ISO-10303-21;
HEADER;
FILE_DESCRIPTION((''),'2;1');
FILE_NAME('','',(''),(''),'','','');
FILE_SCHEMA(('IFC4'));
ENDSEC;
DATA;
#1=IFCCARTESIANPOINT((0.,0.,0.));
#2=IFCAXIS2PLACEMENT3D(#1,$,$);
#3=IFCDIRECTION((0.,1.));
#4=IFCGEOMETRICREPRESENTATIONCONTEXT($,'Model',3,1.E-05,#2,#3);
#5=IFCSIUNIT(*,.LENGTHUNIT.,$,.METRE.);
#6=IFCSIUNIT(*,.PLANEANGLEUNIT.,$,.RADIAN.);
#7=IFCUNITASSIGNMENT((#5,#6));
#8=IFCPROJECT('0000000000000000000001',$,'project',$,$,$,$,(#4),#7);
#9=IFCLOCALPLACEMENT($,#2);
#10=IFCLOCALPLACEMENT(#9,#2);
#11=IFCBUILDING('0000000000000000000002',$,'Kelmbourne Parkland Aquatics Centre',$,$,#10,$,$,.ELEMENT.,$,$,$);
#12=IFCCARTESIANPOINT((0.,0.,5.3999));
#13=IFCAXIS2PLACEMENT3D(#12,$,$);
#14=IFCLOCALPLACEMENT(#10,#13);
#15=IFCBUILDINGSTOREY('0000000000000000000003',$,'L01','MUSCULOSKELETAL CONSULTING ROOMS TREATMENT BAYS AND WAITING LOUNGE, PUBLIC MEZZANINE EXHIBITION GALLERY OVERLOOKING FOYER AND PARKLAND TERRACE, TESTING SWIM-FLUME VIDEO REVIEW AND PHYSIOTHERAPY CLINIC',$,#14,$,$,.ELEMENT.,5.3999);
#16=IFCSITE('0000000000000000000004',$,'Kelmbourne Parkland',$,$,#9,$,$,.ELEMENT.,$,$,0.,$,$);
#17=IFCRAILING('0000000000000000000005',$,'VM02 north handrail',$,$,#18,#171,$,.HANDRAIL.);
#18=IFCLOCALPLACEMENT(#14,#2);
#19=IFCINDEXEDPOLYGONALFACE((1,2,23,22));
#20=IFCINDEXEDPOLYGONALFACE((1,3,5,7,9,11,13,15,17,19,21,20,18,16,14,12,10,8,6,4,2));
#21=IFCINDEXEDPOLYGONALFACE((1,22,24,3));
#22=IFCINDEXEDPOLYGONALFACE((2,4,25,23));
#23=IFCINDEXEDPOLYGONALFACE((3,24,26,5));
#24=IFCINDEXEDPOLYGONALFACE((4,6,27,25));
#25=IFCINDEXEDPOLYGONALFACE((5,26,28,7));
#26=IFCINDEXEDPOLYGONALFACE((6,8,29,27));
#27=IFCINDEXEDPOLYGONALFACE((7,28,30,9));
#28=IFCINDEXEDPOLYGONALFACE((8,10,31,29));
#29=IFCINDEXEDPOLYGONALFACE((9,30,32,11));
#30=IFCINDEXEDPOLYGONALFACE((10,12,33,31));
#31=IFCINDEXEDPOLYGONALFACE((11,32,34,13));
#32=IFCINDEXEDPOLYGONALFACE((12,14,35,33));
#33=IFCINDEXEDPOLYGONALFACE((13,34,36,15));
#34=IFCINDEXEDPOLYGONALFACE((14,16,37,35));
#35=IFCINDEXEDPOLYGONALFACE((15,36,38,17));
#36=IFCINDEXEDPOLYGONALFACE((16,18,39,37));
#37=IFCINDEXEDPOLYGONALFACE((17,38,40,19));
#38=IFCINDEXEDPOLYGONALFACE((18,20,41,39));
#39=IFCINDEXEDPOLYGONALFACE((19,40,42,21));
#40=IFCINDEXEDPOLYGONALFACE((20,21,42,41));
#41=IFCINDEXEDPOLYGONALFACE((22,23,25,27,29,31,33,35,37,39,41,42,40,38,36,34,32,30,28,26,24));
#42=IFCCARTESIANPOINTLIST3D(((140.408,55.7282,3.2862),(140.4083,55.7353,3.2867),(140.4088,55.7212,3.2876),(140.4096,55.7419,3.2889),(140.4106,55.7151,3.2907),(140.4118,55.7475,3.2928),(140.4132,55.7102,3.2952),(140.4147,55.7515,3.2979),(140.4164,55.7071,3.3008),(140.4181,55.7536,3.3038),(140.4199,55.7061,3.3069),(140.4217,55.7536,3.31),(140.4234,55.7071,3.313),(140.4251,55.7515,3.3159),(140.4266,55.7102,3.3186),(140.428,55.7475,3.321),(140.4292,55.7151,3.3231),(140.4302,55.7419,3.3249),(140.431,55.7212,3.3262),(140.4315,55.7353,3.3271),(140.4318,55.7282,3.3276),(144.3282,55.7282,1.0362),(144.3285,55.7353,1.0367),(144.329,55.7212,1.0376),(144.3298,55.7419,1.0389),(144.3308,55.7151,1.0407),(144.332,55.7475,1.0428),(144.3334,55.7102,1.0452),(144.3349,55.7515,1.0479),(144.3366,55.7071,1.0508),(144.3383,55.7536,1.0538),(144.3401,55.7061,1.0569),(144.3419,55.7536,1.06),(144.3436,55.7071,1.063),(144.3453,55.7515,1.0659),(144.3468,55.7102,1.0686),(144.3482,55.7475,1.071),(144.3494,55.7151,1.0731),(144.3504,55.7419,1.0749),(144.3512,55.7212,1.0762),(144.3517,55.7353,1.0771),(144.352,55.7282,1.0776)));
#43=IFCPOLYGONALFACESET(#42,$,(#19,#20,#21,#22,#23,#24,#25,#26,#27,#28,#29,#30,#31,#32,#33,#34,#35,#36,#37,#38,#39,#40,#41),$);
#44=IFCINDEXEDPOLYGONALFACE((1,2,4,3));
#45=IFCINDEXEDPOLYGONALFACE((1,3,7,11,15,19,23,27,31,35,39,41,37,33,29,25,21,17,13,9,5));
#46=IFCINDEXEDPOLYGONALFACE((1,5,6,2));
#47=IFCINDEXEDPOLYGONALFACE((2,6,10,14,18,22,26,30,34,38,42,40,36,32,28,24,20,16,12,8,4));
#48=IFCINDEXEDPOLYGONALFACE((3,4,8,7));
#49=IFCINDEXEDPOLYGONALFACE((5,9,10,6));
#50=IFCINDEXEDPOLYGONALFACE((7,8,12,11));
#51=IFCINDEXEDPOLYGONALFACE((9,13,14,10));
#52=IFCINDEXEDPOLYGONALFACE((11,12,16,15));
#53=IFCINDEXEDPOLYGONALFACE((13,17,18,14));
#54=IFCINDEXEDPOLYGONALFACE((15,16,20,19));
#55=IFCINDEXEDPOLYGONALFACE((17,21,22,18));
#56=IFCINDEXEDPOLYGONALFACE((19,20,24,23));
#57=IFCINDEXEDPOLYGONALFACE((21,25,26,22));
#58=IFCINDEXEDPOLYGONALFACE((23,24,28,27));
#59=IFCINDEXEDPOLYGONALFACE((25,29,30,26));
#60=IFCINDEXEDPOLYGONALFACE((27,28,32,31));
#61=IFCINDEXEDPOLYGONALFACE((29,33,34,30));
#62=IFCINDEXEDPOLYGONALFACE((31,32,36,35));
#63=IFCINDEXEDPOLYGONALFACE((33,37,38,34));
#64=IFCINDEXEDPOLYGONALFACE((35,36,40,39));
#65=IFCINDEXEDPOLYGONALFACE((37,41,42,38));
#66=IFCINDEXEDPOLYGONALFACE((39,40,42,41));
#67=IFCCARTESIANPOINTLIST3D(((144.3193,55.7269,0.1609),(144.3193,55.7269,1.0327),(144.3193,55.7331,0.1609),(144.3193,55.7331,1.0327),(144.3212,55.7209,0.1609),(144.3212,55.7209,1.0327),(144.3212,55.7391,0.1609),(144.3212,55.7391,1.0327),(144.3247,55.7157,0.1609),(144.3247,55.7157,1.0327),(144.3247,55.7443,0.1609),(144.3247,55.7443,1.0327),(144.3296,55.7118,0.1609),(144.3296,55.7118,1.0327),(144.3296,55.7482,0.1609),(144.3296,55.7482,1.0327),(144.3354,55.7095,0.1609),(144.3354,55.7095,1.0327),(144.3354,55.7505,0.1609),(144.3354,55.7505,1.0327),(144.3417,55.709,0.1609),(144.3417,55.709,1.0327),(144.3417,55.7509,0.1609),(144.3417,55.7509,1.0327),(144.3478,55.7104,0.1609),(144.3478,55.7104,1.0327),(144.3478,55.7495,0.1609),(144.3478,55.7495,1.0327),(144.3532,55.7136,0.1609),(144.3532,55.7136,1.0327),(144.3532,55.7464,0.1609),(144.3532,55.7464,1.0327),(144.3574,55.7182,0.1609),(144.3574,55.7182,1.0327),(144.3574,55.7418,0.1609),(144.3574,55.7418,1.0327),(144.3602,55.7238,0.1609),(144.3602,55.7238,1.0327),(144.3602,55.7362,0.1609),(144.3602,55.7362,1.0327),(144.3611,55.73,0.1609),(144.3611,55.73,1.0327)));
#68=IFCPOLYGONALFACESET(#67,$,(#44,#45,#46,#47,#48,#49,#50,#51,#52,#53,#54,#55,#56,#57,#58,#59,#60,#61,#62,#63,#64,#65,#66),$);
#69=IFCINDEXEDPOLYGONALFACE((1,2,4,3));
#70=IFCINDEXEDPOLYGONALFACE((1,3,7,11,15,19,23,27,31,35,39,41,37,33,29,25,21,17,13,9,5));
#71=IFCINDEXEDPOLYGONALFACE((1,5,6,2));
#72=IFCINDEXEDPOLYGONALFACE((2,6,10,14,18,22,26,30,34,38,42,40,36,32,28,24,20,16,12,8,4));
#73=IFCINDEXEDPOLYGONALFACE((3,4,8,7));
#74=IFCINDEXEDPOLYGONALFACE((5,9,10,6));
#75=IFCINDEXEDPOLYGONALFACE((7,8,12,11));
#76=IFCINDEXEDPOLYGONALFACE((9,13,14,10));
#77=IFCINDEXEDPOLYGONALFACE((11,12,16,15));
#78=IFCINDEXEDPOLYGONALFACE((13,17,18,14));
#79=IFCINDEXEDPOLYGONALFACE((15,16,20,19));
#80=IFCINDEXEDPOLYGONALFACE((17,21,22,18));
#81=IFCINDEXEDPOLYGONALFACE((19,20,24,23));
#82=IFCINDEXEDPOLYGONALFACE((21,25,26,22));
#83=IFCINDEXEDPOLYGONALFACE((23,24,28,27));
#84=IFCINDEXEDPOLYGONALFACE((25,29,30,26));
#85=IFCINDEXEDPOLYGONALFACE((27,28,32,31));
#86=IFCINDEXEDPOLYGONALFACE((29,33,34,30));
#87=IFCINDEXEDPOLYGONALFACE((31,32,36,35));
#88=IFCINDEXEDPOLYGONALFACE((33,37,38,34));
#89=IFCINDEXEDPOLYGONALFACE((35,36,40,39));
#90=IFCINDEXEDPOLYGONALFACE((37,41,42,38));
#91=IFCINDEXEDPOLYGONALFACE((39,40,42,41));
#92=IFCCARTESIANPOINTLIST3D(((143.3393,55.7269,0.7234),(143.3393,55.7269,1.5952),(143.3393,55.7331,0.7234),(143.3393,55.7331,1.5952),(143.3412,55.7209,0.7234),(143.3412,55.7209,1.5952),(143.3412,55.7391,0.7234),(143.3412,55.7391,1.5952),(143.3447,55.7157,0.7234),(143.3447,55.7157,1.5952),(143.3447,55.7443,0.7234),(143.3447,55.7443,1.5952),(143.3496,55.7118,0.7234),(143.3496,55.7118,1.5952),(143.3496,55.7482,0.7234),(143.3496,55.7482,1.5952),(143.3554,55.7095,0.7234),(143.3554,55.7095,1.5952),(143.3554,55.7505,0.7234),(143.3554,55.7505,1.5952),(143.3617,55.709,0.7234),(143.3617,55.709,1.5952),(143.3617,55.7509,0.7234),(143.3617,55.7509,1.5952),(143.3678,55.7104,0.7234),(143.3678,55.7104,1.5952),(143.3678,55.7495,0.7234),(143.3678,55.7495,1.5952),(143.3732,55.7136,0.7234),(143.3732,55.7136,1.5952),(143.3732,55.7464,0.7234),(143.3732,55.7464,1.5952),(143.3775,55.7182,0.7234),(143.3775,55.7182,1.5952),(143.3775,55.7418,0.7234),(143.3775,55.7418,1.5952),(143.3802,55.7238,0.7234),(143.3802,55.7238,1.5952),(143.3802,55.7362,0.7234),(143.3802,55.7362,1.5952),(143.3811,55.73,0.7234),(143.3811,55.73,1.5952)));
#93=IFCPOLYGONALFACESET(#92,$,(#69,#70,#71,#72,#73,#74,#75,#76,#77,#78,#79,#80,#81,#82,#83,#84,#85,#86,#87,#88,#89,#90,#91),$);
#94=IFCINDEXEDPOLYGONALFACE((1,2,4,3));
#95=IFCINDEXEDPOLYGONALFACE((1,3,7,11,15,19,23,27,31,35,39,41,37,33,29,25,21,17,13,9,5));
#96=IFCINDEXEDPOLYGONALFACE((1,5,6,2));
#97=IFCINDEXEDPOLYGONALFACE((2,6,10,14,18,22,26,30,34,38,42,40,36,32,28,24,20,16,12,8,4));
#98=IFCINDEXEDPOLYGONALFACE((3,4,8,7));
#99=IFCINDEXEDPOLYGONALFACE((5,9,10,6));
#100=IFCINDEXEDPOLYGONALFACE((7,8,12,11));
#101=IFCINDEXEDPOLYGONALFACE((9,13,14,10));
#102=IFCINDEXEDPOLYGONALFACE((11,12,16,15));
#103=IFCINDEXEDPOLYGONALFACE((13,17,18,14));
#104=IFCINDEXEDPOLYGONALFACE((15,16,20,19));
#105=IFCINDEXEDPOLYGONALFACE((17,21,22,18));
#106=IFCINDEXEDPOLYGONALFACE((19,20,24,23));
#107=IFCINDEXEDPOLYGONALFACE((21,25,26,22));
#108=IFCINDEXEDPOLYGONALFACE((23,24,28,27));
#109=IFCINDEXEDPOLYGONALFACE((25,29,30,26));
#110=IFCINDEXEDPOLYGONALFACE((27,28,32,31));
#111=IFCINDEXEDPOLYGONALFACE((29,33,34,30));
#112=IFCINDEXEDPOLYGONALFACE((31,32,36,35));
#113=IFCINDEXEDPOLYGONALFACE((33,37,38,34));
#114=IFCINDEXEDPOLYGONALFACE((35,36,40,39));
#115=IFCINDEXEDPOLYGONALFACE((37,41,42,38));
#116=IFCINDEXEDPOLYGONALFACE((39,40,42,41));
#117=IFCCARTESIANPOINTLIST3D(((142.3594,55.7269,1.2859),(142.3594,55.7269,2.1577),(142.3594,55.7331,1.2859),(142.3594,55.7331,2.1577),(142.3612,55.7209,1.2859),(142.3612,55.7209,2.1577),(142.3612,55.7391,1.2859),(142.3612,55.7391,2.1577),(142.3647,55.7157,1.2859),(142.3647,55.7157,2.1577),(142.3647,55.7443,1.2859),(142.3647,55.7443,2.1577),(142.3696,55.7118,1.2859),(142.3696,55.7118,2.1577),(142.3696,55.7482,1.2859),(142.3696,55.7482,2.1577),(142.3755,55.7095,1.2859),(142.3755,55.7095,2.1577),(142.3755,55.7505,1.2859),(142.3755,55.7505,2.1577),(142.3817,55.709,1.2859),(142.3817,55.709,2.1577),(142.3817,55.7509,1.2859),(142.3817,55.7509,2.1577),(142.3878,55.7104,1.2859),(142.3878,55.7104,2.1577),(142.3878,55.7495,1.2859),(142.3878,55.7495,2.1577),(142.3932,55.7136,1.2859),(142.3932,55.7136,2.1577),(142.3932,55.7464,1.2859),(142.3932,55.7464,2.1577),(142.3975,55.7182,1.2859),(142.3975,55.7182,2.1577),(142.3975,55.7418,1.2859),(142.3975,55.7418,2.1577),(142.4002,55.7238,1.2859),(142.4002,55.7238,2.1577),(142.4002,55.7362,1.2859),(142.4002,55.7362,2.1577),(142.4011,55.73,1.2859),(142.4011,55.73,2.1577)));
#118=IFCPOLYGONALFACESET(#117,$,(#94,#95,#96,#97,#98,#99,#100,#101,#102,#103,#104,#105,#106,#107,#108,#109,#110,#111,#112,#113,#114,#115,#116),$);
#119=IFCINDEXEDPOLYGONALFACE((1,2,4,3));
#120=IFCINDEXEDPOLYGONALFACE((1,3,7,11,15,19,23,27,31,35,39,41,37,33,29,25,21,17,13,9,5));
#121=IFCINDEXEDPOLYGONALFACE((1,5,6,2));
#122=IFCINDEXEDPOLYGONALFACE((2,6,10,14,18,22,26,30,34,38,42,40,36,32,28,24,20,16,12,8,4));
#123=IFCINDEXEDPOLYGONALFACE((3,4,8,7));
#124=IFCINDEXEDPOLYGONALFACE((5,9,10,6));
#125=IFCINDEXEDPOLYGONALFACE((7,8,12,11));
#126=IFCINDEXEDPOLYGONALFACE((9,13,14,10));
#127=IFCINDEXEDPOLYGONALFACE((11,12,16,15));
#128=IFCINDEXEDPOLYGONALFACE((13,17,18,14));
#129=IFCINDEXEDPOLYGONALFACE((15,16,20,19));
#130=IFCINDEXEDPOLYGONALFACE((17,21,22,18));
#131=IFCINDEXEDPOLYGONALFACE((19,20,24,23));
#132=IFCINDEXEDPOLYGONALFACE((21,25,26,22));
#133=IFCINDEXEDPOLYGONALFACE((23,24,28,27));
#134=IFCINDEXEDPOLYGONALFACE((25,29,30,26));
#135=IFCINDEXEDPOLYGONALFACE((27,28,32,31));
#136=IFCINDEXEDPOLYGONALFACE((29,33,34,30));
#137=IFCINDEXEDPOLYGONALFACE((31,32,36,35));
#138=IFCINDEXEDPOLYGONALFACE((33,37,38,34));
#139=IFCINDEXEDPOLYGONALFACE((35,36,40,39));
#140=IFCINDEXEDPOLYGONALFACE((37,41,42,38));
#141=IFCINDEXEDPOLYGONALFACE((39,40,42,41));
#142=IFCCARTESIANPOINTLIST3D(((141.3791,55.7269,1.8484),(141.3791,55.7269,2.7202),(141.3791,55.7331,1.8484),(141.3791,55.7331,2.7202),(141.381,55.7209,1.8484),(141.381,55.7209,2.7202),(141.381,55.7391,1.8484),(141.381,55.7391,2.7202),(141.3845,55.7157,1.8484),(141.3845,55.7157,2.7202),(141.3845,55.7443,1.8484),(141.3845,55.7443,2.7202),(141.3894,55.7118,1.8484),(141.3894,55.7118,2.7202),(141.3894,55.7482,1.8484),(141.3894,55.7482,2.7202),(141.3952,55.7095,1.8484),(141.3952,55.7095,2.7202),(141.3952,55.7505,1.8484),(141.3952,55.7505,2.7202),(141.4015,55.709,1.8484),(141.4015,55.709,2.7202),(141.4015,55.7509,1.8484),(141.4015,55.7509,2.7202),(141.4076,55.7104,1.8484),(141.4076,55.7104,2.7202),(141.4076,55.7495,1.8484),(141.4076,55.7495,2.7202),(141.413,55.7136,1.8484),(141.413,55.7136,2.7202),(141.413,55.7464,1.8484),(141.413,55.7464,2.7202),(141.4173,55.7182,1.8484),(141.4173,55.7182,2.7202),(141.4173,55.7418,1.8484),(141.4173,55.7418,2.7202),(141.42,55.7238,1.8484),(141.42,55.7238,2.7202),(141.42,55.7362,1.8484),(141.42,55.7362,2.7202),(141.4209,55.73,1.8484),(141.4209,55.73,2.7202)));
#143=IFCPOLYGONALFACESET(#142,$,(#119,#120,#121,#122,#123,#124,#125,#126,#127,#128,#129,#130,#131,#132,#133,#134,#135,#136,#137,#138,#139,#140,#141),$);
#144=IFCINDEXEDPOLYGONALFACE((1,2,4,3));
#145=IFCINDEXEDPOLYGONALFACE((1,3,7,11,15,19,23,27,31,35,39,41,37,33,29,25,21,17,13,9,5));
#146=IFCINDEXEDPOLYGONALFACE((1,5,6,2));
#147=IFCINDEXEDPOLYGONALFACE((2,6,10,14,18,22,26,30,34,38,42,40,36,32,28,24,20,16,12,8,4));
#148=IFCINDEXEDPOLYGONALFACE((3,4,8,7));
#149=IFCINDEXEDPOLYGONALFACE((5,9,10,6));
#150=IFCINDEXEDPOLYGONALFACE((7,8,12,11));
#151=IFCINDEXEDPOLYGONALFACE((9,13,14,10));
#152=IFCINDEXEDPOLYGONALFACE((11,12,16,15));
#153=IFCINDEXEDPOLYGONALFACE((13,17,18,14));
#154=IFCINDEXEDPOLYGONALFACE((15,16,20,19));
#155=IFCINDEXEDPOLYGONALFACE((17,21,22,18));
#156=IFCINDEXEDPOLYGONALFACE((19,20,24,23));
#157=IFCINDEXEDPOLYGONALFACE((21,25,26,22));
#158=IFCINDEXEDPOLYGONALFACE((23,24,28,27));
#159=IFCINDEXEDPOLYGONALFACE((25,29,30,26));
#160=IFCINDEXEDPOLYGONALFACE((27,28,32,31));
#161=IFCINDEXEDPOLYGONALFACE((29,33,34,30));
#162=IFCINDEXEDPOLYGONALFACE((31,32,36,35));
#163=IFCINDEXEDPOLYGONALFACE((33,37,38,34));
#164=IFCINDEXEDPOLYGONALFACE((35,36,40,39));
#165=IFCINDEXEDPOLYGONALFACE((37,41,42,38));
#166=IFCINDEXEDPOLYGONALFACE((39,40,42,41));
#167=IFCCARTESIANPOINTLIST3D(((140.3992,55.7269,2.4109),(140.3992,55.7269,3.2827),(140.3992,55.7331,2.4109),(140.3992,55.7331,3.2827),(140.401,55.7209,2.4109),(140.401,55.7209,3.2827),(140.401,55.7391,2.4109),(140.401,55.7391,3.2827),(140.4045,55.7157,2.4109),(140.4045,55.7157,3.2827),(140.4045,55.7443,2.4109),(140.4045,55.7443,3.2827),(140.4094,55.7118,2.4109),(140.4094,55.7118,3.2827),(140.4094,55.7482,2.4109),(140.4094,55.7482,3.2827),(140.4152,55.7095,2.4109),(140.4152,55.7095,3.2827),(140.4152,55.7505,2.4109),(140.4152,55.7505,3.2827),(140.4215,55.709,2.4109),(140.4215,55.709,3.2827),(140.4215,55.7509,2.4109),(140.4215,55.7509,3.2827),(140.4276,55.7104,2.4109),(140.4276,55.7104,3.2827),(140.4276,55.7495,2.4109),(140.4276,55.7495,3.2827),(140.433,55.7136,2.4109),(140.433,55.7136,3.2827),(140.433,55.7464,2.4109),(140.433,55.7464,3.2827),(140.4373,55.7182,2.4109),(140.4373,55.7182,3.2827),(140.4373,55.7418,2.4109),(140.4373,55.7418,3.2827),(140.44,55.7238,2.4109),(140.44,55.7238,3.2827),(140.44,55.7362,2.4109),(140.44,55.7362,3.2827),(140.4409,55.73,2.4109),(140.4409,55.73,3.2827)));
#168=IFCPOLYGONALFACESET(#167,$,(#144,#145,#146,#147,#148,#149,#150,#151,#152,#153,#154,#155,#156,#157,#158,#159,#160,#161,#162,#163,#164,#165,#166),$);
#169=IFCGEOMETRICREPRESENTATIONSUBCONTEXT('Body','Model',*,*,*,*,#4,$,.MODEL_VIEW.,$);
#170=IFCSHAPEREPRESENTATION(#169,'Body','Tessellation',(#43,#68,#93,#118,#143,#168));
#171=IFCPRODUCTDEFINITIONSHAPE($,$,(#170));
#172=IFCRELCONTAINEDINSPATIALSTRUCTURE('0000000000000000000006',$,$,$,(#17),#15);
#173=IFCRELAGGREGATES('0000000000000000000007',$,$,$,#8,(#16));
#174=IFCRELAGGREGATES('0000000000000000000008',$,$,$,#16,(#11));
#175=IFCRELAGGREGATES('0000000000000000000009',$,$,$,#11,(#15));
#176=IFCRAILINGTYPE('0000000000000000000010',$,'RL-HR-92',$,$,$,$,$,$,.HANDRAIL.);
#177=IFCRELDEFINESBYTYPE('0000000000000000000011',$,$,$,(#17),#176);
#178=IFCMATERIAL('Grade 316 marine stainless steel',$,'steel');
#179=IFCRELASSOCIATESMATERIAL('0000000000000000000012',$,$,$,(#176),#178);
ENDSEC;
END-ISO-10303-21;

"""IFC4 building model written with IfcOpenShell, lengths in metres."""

from ifc_helpers import new_model, si_unit, direction, frame, origin, origin_2d, place, context, subcontext, project, spatial, circle, extrude, material, type_object, element, save


model = new_model("IFC4")

# Units and contexts
model_context = context("Model", 3, precision=1e-05, world=origin(), true_north=direction((0.0, 1.0)))
body_context = subcontext(model_context, "Body", "Model", "MODEL_VIEW")
ifc_project = project(units=[si_unit("LENGTHUNIT", "METRE"), si_unit("PLANEANGLEUNIT", "RADIAN")], contexts=[model_context])

# Site, building, storey
site_placement = place(None, origin())
site = spatial("IfcSite", under=ifc_project, at=site_placement, Name="Kelmbourne Parkland", CompositionType="ELEMENT", RefElevation=0.0)
building_placement = place(site_placement, origin())
building = spatial("IfcBuilding", under=site, at=building_placement, Name="Kelmbourne Parkland Aquatics Centre", CompositionType="ELEMENT")
storey_placement = place(building_placement, frame((0.0, 0.0, 5.3999)))
storey = spatial("IfcBuildingStorey", under=building, at=storey_placement, Name="L01", Description="MUSCULOSKELETAL CONSULTING ROOMS TREATMENT BAYS AND WAITING LOUNGE, PUBLIC MEZZANINE EXHIBITION GALLERY OVERLOOKING FOYER AND PARKLAND TERRACE, TESTING SWIM-FLUME VIDEO REVIEW AND PHYSIOTHERAPY CLINIC", CompositionType="ELEMENT", Elevation=5.3999)

# Railing
ifc_material_1 = material(Name="Grade 316 marine stainless steel", Category="steel")
railing_type_1 = type_object("IfcRailingType", Name="RL-HR-92", PredefinedType="HANDRAIL", material=ifc_material_1)
for number, where, name in (
    (1, (144.3401, 55.73, 0.1609), "VM02 north handrail"),
):
    element("IfcRailing", number, at=place(storey_placement, frame(where)), inside=storey, type_object=railing_type_1, Name=name, PredefinedType="HANDRAIL", context=body_context, shape_type="SweptSolid", body=[
        extrude(circle(Radius=0.0239, at=origin_2d()), frame((0.0, 0.0, 0.896), z_axis=(-0.867298, 0.0, 0.49779), x_axis=(0.0, -1.0, 0.0)), (0.0, 0.0, 1.0), 4.52),
        extrude(circle(Radius=0.021, at=origin_2d()), origin(), (0.0, 0.0, 1.0), 0.8718),
        extrude(circle(Radius=0.021, at=origin_2d()), frame((-0.98, 0.0, 0.5625)), (0.0, 0.0, 1.0), 0.8718),
        extrude(circle(Radius=0.021, at=origin_2d()), frame((-1.96, 0.0, 1.125)), (0.0, 0.0, 1.0), 0.8718),
        extrude(circle(Radius=0.021, at=origin_2d()), frame((-2.9402, 0.0, 1.6875)), (0.0, 0.0, 1.0), 0.8718),
        extrude(circle(Radius=0.021, at=origin_2d()), frame((-3.9202, 0.0, 2.25)), (0.0, 0.0, 1.0), 0.8718),
    ])

save(model, "model.ifc")
